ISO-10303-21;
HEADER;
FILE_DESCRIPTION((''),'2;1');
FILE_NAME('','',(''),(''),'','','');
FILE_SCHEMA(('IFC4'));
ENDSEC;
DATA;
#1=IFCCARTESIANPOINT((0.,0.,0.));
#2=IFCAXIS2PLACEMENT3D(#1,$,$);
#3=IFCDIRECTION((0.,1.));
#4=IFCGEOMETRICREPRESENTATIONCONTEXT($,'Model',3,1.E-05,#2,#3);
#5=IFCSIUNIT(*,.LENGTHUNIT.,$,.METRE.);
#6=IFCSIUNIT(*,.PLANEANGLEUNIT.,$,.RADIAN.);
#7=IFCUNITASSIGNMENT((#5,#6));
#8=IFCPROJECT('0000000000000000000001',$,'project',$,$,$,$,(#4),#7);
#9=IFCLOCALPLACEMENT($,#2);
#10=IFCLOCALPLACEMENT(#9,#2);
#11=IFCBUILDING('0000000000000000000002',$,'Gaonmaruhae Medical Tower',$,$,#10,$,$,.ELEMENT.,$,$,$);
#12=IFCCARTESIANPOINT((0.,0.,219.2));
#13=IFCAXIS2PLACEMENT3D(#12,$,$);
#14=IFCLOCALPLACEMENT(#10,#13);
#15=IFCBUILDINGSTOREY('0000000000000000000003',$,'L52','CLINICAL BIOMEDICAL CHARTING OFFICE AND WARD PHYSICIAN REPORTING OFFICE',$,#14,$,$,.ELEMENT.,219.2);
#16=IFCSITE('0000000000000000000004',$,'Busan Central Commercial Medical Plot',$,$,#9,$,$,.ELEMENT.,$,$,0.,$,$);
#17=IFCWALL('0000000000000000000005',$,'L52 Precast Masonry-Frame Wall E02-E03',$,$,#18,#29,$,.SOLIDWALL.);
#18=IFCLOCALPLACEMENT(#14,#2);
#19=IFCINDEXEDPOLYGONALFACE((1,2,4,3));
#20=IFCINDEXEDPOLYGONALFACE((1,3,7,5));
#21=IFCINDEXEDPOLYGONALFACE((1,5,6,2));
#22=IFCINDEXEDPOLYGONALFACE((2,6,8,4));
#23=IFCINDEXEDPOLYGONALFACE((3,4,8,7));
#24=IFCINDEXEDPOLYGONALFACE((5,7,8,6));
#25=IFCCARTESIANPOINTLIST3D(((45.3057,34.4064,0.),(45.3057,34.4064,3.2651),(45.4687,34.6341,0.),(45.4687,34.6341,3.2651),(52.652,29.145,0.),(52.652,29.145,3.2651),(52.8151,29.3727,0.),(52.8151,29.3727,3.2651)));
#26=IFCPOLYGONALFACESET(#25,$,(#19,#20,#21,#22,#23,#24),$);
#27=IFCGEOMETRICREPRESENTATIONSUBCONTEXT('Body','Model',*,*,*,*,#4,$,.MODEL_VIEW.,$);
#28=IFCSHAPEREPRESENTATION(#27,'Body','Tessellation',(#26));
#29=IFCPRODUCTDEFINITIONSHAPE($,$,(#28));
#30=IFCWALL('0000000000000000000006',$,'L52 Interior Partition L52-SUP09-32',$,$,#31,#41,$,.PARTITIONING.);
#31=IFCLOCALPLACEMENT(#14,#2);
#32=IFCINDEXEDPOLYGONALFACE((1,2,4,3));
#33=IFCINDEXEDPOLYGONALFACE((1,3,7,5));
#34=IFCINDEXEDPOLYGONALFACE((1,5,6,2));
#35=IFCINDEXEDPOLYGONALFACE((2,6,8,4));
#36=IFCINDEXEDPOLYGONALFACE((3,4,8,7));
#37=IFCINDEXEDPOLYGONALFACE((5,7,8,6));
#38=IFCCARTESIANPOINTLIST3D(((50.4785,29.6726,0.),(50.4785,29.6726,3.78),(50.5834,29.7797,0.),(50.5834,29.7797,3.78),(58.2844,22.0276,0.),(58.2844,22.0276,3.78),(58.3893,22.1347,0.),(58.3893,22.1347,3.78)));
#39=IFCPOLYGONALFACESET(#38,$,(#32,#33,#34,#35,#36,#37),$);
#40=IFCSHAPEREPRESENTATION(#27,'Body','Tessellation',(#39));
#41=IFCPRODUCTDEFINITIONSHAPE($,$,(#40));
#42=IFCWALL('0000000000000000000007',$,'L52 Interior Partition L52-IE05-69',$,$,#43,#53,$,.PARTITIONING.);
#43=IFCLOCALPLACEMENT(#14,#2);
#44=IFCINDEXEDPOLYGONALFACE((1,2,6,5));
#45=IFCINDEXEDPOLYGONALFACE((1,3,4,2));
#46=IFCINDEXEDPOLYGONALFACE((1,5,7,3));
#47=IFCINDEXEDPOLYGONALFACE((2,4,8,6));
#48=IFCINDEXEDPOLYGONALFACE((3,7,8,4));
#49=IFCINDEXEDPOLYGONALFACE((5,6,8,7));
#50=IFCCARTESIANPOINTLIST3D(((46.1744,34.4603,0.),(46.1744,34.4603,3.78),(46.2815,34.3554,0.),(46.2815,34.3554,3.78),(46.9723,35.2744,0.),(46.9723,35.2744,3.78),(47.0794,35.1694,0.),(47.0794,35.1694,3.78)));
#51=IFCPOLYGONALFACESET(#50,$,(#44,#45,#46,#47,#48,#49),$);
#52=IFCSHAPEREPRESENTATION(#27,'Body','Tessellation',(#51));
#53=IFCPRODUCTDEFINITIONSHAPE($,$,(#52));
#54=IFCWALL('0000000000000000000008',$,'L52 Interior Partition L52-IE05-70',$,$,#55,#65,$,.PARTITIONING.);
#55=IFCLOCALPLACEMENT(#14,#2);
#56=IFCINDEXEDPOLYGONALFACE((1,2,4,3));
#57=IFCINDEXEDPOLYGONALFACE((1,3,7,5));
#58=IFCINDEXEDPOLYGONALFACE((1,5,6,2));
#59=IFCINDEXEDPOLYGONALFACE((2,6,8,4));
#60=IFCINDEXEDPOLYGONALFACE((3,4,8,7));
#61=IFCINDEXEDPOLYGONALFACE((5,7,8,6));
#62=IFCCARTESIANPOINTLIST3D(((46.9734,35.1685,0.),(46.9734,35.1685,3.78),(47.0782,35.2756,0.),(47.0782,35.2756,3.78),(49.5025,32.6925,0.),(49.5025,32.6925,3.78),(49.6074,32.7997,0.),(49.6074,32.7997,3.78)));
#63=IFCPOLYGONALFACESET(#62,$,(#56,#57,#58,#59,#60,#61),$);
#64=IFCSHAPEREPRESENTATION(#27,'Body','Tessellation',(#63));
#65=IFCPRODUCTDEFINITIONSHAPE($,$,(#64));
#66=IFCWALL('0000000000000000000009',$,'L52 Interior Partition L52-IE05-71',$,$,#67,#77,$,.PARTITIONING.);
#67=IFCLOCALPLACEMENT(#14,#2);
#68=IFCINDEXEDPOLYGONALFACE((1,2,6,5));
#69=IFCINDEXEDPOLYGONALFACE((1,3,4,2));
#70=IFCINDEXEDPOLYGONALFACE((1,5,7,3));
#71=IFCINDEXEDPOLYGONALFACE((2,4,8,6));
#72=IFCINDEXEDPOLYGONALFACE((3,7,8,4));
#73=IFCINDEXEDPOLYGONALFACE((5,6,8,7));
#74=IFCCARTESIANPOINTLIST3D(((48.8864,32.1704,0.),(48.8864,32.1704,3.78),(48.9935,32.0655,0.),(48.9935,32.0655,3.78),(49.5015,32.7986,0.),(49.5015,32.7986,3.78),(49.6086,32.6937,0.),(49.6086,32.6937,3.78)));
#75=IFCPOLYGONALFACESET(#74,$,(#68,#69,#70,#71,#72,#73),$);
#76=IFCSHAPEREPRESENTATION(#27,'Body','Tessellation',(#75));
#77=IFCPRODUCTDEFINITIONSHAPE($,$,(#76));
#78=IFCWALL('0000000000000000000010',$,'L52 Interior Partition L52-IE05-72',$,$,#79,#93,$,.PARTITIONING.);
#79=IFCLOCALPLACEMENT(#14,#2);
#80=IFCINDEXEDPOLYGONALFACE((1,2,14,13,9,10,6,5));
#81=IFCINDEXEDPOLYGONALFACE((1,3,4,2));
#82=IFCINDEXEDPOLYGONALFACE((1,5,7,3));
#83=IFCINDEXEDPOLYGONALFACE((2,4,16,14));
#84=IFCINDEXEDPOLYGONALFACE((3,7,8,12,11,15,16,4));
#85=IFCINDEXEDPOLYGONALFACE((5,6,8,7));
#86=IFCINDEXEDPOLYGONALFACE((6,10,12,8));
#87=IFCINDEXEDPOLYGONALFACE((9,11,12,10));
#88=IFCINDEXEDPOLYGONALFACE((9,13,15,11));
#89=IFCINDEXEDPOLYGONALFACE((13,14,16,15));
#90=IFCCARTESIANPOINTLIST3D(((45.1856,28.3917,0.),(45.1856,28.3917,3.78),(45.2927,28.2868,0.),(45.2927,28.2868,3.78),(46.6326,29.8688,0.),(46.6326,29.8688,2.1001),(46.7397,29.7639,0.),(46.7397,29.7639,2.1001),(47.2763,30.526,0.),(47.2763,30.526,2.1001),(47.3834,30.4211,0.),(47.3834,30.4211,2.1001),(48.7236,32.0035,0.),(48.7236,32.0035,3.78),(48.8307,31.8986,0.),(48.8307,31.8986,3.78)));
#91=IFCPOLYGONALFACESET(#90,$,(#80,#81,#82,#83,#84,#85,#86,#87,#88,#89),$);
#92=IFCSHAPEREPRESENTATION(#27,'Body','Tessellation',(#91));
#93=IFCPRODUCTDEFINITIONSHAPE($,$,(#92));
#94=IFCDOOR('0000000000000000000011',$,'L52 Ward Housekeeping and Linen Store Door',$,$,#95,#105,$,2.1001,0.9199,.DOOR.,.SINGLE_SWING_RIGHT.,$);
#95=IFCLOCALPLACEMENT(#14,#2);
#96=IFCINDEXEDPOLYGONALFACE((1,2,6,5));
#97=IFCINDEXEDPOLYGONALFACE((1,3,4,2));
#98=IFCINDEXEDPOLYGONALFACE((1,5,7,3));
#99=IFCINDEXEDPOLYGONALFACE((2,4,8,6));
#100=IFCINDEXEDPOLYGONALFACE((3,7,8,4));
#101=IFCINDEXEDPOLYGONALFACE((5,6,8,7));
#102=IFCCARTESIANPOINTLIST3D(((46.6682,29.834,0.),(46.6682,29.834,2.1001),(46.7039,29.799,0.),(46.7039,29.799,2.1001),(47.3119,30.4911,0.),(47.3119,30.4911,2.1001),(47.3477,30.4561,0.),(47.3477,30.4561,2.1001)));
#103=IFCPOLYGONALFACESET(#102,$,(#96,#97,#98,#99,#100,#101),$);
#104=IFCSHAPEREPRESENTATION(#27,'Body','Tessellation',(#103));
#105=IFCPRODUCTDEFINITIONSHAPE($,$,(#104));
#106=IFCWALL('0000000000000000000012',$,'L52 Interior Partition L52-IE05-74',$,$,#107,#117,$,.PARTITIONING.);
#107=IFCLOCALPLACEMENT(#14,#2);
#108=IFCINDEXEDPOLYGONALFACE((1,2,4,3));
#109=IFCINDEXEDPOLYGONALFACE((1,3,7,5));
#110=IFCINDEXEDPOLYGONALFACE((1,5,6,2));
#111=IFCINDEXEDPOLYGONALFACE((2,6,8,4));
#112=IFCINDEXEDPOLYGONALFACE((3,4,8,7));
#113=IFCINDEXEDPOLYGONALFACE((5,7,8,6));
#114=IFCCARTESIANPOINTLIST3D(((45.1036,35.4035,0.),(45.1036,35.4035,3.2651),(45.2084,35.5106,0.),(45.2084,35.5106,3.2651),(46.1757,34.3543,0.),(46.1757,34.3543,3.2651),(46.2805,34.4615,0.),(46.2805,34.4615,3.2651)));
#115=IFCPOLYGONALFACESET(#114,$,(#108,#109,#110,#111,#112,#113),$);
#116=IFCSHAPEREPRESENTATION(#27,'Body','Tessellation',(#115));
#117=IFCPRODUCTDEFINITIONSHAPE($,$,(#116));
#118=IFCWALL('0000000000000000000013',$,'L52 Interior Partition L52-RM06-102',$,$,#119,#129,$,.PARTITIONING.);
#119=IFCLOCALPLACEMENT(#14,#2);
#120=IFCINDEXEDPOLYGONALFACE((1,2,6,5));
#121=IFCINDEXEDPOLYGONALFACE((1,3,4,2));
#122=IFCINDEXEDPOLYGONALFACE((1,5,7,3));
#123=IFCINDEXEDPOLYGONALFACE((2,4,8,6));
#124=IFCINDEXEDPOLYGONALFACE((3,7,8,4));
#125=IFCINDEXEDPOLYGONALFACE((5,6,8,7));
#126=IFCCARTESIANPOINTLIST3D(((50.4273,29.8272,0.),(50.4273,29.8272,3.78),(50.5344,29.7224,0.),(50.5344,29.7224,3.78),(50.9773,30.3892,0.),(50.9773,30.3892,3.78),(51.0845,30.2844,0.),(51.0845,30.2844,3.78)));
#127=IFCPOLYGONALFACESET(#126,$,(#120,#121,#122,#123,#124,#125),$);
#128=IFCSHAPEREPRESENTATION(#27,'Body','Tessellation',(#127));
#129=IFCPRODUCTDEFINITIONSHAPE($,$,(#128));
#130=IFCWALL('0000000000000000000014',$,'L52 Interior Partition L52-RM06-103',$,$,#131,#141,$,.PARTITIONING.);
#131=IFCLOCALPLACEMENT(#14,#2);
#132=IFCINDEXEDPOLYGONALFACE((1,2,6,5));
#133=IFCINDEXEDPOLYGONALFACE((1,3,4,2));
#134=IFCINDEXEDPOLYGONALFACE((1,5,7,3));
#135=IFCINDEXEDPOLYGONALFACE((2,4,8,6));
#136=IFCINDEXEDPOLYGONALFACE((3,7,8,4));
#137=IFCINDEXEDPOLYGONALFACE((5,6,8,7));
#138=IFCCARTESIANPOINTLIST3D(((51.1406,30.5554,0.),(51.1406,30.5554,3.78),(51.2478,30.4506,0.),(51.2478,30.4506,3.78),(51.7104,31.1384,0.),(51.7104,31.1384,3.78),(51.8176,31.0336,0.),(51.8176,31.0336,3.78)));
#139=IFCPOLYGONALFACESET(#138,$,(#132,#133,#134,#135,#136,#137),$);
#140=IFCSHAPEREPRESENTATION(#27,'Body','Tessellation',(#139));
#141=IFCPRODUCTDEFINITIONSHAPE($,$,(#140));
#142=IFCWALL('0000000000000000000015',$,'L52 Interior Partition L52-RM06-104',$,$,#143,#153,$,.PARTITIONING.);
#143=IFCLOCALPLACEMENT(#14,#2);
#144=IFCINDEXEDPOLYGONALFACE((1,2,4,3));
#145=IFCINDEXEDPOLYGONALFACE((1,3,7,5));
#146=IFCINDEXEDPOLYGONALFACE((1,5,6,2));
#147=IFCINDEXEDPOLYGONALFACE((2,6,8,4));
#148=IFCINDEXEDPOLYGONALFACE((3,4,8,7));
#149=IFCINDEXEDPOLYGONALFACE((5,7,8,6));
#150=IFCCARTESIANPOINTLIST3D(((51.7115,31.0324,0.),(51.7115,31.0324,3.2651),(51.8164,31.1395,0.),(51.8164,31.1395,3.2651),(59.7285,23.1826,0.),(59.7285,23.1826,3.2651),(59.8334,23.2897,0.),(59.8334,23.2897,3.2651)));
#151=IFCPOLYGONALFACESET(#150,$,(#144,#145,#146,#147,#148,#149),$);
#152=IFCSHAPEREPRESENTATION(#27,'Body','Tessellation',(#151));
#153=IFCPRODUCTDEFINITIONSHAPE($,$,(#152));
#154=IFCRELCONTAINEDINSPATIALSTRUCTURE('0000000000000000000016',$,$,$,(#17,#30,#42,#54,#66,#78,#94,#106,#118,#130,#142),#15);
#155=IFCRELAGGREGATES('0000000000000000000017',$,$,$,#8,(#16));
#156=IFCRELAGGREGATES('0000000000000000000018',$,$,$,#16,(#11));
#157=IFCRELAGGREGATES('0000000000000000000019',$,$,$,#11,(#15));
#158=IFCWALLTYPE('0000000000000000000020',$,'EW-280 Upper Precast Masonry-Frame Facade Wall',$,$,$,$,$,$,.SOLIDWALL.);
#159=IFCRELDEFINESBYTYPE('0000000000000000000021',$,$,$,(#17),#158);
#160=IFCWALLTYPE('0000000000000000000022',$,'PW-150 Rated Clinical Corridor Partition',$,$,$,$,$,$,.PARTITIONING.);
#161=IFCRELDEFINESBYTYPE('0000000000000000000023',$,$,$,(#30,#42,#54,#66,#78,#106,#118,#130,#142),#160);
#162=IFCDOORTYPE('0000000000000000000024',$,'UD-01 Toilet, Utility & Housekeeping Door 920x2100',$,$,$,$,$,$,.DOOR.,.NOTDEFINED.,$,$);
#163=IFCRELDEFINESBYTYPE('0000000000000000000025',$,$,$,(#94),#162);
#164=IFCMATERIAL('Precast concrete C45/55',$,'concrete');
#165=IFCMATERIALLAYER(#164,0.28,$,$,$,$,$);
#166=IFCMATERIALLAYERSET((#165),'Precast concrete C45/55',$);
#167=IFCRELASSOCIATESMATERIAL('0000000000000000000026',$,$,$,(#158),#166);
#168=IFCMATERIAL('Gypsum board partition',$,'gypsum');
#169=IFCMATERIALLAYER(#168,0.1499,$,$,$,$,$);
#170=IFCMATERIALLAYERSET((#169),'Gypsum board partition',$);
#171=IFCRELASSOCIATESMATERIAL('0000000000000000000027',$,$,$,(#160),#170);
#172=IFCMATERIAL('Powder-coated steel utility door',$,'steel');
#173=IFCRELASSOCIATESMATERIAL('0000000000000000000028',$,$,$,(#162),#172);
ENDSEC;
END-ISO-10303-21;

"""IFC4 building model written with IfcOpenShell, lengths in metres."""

from ifc_helpers import new_model, si_unit, direction, frame, frame_2d, origin, place, context, subcontext, project, spatial, rectangle, extrude, material, layer, layer_set, type_object, element, fill, save


model = new_model("IFC4")

# Units and contexts
model_context = context("Model", 3, precision=1e-05, world=origin(), true_north=direction((0.0, 1.0)))
body_context = subcontext(model_context, "Body", "Model", "MODEL_VIEW")
ifc_project = project(units=[si_unit("LENGTHUNIT", "METRE"), si_unit("PLANEANGLEUNIT", "RADIAN")], contexts=[model_context])

# Site, building, storey
site_placement = place(None, origin())
site = spatial("IfcSite", under=ifc_project, at=site_placement, Name="Busan Central Commercial Medical Plot", CompositionType="ELEMENT", RefElevation=0.0)
building_placement = place(site_placement, origin())
building = spatial("IfcBuilding", under=site, at=building_placement, Name="Gaonmaruhae Medical Tower", CompositionType="ELEMENT")
storey_placement = place(building_placement, frame((0.0, 0.0, 219.2)))
storey = spatial("IfcBuildingStorey", under=building, at=storey_placement, Name="L52", Description="CLINICAL BIOMEDICAL CHARTING OFFICE AND WARD PHYSICIAN REPORTING OFFICE", CompositionType="ELEMENT", Elevation=219.2)

# Walls
ifc_material_1 = material(Name="Precast concrete C45/55", Category="concrete")
ifc_layer_1 = layer(ifc_material_1, 0.28)
ifc_layer_set_1 = layer_set([ifc_layer_1], Name="Precast concrete C45/55")
wall_type_1 = type_object("IfcWallType", Name="EW-280 Upper Precast Masonry-Frame Facade Wall", PredefinedType="SOLIDWALL", material=ifc_layer_set_1)
wall_1_placement = place(storey_placement, frame((45.3872, 34.5203, 0.0), z_axis=(0.0, 0.0, 1.0), x_axis=(0.812999, -0.582265, 0.0)))
element("IfcWall", 1, at=wall_1_placement, inside=storey, type_object=wall_type_1, Name="L52 Precast Masonry-Frame Wall E02-E03", PredefinedType="SOLIDWALL", context=body_context, shape_type="SweptSolid", body=[
    extrude(rectangle(XDim=9.0361, YDim=0.28, at=frame_2d((4.5181, 0.0))), origin(), (0.0, 0.0, 1.0), 3.2651),
])
ifc_material_2 = material(Name="Gypsum board partition", Category="gypsum")
ifc_layer_2 = layer(ifc_material_2, 0.1499)
ifc_layer_set_2 = layer_set([ifc_layer_2], Name="Gypsum board partition")
wall_type_2 = type_object("IfcWallType", Name="PW-150 Rated Clinical Corridor Partition", PredefinedType="PARTITIONING", material=ifc_layer_set_2)
wall_2_placement = place(storey_placement, frame((50.531, 29.7261, 0.0), z_axis=(0.0, 0.0, 1.0), x_axis=(0.714431, -0.699706, 0.0)))
element("IfcWall", 2, at=wall_2_placement, inside=storey, type_object=wall_type_2, Name="L52 Interior Partition L52-SUP09-32", PredefinedType="PARTITIONING", context=body_context, shape_type="SweptSolid", body=[
    extrude(rectangle(XDim=10.926, YDim=0.1499, at=frame_2d((5.4629, 0.0))), origin(), (0.0, 0.0, 1.0), 3.78),
])
wall_3_placement = place(storey_placement, frame((46.228, 34.408, 0.0), z_axis=(0.0, 0.0, 1.0), x_axis=(0.700003, 0.71414, 0.0)))
element("IfcWall", 3, at=wall_3_placement, inside=storey, type_object=wall_type_2, Name="L52 Interior Partition L52-IE05-69", PredefinedType="PARTITIONING", context=body_context, shape_type="SweptSolid", body=[
    extrude(rectangle(XDim=1.1399, YDim=0.1499, at=frame_2d((0.5698, 0.0))), origin(), (0.0, 0.0, 1.0), 3.78),
])
wall_4_placement = place(storey_placement, frame((47.0259, 35.2219, 0.0), z_axis=(0.0, 0.0, 1.0), x_axis=(0.714586, -0.699548, 0.0)))
element("IfcWall", 4, at=wall_4_placement, inside=storey, type_object=wall_type_2, Name="L52 Interior Partition L52-IE05-70", PredefinedType="PARTITIONING", context=body_context, shape_type="SweptSolid", body=[
    extrude(rectangle(XDim=3.5393, YDim=0.1499, at=frame_2d((1.7695, 0.0))), origin(), (0.0, 0.0, 1.0), 3.78),
])
wall_5_placement = place(storey_placement, frame((49.5549, 32.7461, 0.0), z_axis=(0.0, 0.0, 1.0), x_axis=(-0.699569, -0.714565, 0.0)))
element("IfcWall", 5, at=wall_5_placement, inside=storey, type_object=wall_type_2, Name="L52 Interior Partition L52-IE05-71", PredefinedType="PARTITIONING", context=body_context, shape_type="SweptSolid", body=[
    extrude(rectangle(XDim=0.8792, YDim=0.1499, at=frame_2d((0.4395, 0.0))), origin(), (0.0, 0.0, 1.0), 3.78),
])

# Wall, opening, door
wall_6_placement = place(storey_placement, frame((48.7771, 31.9509, 0.0), z_axis=(0.0, 0.0, 1.0), x_axis=(-0.699778, -0.714361, 0.0)))
wall_6 = element("IfcWall", 6, at=wall_6_placement, inside=storey, type_object=wall_type_2, Name="L52 Interior Partition L52-IE05-72", PredefinedType="PARTITIONING", context=body_context, shape_type="SweptSolid", body=[
    extrude(rectangle(XDim=5.0559, YDim=0.1499, at=frame_2d((2.5278, 0.0))), origin(), (0.0, 0.0, 1.0), 3.78),
])
opening_placement = place(wall_6_placement, frame((2.0681, 0.0, 0.0)))
opening = element("IfcOpeningElement", 7, at=opening_placement, cuts=wall_6, PredefinedType="OPENING", context=body_context, shape_type="SweptSolid", body=[
    extrude(rectangle(XDim=0.9199, YDim=2.1001, at=frame_2d((0.46, 1.05))), frame((0.0, 0.085, 0.0), z_axis=(0.0, -1.0, 0.0), x_axis=(1.0, 0.0, 0.0)), (0.0, 0.0, 1.0), 0.1699),
])
ifc_material_3 = material(Name="Powder-coated steel utility door", Category="steel")
door_type = type_object("IfcDoorType", Name="UD-01 Toilet, Utility & Housekeeping Door 920x2100", OperationType="NOTDEFINED", PredefinedType="DOOR", material=ifc_material_3)
door_placement = place(opening_placement, origin())
door = element("IfcDoor", 8, at=door_placement, inside=storey, type_object=door_type, Name="L52 Ward Housekeeping and Linen Store Door", OperationType="SINGLE_SWING_RIGHT", OverallHeight=2.1001, OverallWidth=0.9199, PredefinedType="DOOR", context=body_context, shape_type="SweptSolid", body=[
    extrude(rectangle(XDim=0.9199, YDim=2.1001, at=frame_2d((0.46, 1.05))), frame((0.0, 0.0249, 0.0), z_axis=(0.0, -1.0, 0.0), x_axis=(1.0, 0.0, 0.0)), (0.0, 0.0, 1.0), 0.05),
])
fill(opening, door)

# Walls
wall_7_placement = place(storey_placement, frame((45.156, 35.457, 0.0), z_axis=(0.0, 0.0, 1.0), x_axis=(0.714716, -0.699415, 0.0)))
element("IfcWall", 9, at=wall_7_placement, inside=storey, type_object=wall_type_2, Name="L52 Interior Partition L52-IE05-74", PredefinedType="PARTITIONING", context=body_context, shape_type="SweptSolid", body=[
    extrude(rectangle(XDim=1.5, YDim=0.1499, at=frame_2d((0.75, 0.0))), origin(), (0.0, 0.0, 1.0), 3.2651),
])
wall_8_placement = place(storey_placement, frame((50.481, 29.7749, 0.0), z_axis=(0.0, 0.0, 1.0), x_axis=(0.69946, 0.714672, 0.0)))
element("IfcWall", 10, at=wall_8_placement, inside=storey, type_object=wall_type_2, Name="L52 Interior Partition L52-RM06-102", PredefinedType="PARTITIONING", context=body_context, shape_type="SweptSolid", body=[
    extrude(rectangle(XDim=0.7864, YDim=0.1499, at=frame_2d((0.3931, 0.0))), origin(), (0.0, 0.0, 1.0), 3.78),
])
wall_9_placement = place(storey_placement, frame((51.1941, 30.5029, 0.0), z_axis=(0.0, 0.0, 1.0), x_axis=(0.698975, 0.715146, 0.0)))
element("IfcWall", 11, at=wall_9_placement, inside=storey, type_object=wall_type_2, Name="L52 Interior Partition L52-RM06-103", PredefinedType="PARTITIONING", context=body_context, shape_type="SweptSolid", body=[
    extrude(rectangle(XDim=0.8152, YDim=0.1499, at=frame_2d((0.4077, 0.0))), origin(), (0.0, 0.0, 1.0), 3.78),
])
wall_10_placement = place(storey_placement, frame((51.7639, 31.0859, 0.0), z_axis=(0.0, 0.0, 1.0), x_axis=(0.71452, -0.699615, 0.0)))
element("IfcWall", 12, at=wall_10_placement, inside=storey, type_object=wall_type_2, Name="L52 Interior Partition L52-RM06-104", PredefinedType="PARTITIONING", context=body_context, shape_type="SweptSolid", body=[
    extrude(rectangle(XDim=11.2202, YDim=0.1499, at=frame_2d((5.6101, 0.0))), origin(), (0.0, 0.0, 1.0), 3.2651),
])

save(model, "model.ifc")
